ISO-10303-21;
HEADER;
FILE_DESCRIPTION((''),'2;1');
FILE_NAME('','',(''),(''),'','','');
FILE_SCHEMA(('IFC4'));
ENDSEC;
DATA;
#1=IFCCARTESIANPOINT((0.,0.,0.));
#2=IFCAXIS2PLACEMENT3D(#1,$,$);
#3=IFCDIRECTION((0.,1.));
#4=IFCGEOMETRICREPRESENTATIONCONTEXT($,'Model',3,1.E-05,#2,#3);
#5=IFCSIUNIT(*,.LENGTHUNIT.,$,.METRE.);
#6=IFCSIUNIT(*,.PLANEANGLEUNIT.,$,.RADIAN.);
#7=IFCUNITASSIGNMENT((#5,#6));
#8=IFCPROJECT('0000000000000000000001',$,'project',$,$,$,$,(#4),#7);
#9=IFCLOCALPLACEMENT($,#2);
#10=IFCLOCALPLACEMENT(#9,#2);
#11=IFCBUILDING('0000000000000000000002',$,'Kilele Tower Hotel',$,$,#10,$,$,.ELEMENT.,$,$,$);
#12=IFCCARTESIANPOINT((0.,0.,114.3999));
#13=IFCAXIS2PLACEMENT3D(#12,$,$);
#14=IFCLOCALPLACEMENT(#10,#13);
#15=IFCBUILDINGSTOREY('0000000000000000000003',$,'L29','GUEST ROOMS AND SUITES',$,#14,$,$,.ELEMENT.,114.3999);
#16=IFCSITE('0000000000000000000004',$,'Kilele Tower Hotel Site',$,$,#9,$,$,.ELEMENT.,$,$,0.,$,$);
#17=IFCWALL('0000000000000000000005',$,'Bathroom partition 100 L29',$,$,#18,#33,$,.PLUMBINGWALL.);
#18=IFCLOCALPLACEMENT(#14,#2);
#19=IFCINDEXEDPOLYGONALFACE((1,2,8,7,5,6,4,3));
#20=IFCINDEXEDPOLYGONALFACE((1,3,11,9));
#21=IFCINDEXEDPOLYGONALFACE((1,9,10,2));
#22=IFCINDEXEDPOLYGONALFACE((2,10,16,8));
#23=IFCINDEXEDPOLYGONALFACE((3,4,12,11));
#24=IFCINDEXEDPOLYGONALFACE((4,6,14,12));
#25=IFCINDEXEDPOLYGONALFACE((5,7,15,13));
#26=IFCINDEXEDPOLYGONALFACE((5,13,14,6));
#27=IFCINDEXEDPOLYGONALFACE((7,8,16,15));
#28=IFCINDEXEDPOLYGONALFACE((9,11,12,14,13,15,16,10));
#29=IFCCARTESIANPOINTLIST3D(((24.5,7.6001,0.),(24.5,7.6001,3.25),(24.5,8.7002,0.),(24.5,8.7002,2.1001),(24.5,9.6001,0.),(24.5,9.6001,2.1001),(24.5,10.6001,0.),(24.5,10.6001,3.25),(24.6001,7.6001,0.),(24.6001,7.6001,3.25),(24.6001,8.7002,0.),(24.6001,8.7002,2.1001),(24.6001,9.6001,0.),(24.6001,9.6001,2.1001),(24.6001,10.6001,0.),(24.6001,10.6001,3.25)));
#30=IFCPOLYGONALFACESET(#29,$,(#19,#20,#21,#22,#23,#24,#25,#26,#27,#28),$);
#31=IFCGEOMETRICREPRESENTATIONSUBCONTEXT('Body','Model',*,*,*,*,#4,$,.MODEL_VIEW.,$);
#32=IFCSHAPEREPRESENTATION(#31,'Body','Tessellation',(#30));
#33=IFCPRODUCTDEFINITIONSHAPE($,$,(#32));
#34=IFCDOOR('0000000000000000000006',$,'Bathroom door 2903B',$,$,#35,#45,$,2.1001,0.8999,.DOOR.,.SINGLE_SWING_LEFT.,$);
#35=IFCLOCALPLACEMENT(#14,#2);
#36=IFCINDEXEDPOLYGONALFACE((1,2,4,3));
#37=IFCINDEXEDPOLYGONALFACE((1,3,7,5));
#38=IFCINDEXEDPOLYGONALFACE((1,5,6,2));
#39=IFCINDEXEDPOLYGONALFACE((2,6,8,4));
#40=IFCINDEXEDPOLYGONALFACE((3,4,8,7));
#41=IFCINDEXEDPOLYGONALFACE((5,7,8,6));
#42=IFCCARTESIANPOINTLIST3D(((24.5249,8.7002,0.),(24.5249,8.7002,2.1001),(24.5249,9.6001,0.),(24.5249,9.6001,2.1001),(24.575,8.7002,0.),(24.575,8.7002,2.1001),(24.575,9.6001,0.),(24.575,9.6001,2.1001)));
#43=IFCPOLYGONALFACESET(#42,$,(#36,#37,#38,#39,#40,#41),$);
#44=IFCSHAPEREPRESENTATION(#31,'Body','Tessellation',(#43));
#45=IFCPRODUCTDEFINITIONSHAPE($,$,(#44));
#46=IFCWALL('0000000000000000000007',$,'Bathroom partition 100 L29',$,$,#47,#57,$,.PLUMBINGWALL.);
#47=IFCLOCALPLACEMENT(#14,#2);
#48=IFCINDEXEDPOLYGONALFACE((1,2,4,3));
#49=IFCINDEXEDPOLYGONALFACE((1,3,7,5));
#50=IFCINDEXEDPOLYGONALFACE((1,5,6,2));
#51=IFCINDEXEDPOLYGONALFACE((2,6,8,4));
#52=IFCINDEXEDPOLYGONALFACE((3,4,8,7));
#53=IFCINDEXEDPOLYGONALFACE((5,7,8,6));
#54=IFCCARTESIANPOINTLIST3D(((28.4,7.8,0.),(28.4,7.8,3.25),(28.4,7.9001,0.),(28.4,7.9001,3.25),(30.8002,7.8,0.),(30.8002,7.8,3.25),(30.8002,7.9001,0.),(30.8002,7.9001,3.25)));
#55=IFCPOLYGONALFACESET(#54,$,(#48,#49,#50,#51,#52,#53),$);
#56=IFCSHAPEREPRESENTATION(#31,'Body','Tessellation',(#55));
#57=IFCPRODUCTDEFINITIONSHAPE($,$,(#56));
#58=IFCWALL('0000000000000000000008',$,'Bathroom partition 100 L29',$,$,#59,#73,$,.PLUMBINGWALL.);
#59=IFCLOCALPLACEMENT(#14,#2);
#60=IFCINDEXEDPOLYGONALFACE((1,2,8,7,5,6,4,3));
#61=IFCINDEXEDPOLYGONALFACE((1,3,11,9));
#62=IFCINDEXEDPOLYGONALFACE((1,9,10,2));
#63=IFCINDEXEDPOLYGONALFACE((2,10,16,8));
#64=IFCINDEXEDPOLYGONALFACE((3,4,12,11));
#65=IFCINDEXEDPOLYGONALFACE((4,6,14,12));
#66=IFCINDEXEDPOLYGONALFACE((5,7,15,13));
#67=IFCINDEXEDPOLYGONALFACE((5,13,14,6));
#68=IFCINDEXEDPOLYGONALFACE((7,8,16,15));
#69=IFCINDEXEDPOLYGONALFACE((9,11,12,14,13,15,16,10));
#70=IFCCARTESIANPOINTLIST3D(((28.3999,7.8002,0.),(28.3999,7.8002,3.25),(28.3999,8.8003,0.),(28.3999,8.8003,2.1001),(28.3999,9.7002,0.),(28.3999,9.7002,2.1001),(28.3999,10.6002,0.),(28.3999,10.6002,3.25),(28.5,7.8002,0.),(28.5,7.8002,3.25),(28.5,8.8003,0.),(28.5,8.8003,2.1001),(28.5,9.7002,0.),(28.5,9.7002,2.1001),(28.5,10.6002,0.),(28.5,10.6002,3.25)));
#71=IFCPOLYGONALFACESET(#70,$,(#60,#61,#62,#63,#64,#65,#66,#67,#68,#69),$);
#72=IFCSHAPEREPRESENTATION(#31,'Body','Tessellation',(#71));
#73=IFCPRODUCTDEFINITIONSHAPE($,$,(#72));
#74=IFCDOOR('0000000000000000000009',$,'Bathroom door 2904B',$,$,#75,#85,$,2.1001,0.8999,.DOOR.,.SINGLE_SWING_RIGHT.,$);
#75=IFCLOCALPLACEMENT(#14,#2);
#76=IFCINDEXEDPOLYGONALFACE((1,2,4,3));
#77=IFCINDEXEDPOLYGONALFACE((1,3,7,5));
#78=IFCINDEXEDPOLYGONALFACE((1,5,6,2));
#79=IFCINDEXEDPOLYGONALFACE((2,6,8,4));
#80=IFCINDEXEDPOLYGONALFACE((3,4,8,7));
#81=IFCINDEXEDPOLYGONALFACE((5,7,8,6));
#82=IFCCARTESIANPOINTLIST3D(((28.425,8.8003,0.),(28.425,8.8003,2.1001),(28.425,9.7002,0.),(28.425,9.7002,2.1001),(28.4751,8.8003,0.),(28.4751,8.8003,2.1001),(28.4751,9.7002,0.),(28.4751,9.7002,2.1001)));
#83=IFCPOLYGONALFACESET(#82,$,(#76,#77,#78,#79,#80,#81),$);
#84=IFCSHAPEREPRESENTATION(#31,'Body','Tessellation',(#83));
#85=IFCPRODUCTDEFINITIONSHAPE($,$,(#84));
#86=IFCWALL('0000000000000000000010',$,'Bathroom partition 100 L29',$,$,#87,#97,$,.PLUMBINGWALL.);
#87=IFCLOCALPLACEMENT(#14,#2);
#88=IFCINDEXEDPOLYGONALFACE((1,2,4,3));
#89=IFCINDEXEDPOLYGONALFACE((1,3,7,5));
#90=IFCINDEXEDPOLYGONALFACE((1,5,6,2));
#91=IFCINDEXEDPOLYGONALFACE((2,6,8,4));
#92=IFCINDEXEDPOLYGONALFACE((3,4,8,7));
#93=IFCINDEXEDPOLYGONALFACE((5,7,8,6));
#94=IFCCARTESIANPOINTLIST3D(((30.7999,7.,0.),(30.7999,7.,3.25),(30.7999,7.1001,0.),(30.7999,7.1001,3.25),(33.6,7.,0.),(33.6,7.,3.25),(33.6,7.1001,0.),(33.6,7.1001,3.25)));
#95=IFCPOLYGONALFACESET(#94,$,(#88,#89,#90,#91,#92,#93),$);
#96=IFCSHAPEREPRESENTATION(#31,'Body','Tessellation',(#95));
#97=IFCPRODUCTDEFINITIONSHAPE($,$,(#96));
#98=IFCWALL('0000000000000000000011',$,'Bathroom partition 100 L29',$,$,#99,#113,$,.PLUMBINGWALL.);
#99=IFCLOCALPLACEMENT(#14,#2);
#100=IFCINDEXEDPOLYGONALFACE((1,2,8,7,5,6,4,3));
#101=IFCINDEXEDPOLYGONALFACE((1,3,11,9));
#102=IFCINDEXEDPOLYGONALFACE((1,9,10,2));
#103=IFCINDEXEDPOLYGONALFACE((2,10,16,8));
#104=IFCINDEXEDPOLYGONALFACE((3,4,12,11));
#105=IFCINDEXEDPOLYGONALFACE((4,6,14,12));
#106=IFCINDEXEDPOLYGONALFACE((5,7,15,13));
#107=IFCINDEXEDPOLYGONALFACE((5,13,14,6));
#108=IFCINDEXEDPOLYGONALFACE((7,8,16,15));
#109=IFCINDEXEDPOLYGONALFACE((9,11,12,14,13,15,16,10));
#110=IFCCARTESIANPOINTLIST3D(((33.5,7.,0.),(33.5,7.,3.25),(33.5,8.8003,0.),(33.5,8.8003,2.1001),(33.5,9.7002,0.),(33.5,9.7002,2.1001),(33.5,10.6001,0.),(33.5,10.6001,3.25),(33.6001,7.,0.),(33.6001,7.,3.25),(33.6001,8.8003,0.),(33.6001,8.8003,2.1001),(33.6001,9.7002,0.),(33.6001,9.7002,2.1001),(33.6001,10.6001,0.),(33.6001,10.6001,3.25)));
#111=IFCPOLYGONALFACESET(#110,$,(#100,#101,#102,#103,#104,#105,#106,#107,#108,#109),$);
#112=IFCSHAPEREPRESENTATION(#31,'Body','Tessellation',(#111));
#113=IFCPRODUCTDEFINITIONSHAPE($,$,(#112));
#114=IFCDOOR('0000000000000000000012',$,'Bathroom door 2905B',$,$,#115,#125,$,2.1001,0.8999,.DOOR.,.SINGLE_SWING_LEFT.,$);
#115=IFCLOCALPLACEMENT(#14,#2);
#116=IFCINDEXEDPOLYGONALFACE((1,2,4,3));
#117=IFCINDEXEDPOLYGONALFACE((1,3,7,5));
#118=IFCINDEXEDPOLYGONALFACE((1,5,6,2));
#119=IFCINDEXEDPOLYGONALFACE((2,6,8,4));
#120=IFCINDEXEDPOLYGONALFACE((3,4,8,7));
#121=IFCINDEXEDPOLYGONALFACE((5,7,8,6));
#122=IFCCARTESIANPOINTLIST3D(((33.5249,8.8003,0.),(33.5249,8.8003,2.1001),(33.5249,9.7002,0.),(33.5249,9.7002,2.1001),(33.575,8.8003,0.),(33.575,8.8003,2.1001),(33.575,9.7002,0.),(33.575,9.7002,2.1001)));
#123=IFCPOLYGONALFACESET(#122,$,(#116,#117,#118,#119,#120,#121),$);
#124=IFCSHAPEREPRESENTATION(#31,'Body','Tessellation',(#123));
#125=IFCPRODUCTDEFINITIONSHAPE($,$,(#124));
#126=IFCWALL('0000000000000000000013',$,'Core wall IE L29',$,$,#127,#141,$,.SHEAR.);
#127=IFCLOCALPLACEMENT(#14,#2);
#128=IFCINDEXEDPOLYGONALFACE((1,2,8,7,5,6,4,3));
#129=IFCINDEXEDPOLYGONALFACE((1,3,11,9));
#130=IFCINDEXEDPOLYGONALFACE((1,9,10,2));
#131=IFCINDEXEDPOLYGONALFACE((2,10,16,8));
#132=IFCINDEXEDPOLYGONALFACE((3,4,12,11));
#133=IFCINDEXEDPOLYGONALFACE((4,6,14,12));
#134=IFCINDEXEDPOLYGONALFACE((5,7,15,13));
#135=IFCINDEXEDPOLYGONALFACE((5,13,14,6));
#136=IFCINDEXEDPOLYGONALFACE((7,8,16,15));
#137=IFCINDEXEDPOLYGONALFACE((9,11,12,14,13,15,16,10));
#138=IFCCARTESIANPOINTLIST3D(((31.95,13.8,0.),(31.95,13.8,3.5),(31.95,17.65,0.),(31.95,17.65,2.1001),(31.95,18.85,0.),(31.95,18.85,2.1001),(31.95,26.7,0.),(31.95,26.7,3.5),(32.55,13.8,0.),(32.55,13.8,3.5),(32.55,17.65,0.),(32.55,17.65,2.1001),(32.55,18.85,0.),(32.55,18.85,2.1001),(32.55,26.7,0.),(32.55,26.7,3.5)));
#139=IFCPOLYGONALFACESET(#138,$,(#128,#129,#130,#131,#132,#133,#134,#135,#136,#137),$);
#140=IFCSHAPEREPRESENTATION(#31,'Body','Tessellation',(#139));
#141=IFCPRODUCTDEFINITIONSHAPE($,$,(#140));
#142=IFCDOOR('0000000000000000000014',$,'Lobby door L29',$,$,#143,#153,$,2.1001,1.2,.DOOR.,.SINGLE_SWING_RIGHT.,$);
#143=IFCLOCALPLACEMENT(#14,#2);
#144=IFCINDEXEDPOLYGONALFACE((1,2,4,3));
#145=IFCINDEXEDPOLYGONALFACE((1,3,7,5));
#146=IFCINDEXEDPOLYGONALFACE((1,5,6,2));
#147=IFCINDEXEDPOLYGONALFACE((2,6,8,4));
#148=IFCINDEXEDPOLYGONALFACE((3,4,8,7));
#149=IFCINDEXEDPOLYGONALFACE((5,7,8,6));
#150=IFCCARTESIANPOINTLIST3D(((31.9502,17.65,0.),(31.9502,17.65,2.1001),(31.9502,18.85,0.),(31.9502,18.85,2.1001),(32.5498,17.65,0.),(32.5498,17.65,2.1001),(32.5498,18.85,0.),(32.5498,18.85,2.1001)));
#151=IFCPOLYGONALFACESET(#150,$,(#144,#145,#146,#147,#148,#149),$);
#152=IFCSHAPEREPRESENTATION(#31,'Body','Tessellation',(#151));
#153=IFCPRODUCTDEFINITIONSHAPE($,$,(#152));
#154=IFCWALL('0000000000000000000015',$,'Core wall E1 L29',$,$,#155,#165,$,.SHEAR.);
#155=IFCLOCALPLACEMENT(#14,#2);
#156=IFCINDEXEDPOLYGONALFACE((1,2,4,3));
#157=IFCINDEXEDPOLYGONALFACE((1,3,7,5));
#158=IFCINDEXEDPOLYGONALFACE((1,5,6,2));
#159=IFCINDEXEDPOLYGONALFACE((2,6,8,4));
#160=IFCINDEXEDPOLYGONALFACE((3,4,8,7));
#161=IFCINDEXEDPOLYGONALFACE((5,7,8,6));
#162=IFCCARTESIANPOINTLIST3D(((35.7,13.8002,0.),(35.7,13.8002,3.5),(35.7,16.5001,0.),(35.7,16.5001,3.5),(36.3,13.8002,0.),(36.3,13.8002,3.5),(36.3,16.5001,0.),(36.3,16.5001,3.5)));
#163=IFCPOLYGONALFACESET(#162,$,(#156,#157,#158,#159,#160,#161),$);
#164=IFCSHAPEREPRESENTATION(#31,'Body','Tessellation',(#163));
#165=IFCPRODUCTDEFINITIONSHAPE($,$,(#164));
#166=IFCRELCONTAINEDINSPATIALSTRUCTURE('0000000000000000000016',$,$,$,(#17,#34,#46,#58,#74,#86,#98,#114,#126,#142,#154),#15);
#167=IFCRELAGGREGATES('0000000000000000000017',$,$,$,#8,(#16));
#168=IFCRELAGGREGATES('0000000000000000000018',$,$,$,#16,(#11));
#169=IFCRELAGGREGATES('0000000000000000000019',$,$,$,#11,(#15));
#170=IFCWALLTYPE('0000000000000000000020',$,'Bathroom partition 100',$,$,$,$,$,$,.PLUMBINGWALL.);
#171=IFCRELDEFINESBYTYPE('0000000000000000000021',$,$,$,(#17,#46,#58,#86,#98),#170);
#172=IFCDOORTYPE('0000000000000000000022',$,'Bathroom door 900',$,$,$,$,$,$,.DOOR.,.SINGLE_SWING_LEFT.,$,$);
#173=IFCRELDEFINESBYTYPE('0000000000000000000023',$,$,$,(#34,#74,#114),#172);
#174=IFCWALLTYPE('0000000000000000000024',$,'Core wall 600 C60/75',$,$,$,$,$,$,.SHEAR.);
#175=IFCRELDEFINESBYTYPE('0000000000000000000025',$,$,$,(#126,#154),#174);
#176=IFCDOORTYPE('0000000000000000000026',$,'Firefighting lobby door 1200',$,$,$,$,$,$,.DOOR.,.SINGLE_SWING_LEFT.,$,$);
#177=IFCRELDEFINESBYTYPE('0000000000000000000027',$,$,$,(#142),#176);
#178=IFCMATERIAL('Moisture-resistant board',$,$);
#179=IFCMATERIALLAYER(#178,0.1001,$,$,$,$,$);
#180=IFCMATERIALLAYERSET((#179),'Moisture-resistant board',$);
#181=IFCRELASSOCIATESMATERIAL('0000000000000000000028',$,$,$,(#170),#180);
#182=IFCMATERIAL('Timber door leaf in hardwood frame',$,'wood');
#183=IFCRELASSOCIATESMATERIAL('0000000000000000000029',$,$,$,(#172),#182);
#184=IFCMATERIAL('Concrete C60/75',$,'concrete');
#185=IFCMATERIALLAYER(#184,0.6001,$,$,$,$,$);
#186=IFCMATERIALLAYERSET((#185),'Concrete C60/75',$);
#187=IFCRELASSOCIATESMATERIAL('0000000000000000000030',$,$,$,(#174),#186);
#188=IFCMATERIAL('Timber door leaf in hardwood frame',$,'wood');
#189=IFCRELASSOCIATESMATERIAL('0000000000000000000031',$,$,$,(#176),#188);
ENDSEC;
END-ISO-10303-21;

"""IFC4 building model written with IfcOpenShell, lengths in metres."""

from ifc_helpers import new_model, si_unit, direction, frame, frame_2d, origin, place, context, subcontext, project, spatial, rectangle, extrude, material, layer, layer_set, type_object, element, fill, save


model = new_model("IFC4")

# Units and contexts
model_context = context("Model", 3, precision=1e-05, world=origin(), true_north=direction((0.0, 1.0)))
body_context = subcontext(model_context, "Body", "Model", "MODEL_VIEW")
ifc_project = project(units=[si_unit("LENGTHUNIT", "METRE"), si_unit("PLANEANGLEUNIT", "RADIAN")], contexts=[model_context])

# Site, building, storey
site_placement = place(None, origin())
site = spatial("IfcSite", under=ifc_project, at=site_placement, Name="Kilele Tower Hotel Site", CompositionType="ELEMENT", RefElevation=0.0)
building_placement = place(site_placement, origin())
building = spatial("IfcBuilding", under=site, at=building_placement, Name="Kilele Tower Hotel", CompositionType="ELEMENT")
storey_placement = place(building_placement, frame((0.0, 0.0, 114.3999)))
storey = spatial("IfcBuildingStorey", under=building, at=storey_placement, Name="L29", Description="GUEST ROOMS AND SUITES", CompositionType="ELEMENT", Elevation=114.3999)

# Wall, opening, door
ifc_material_1 = material(Name="Moisture-resistant board")
ifc_layer_1 = layer(ifc_material_1, 0.1001)
ifc_layer_set_1 = layer_set([ifc_layer_1], Name="Moisture-resistant board")
wall_type_1 = type_object("IfcWallType", Name="Bathroom partition 100", PredefinedType="PLUMBINGWALL", material=ifc_layer_set_1)
wall_1_placement = place(storey_placement, frame((24.55, 10.6001, 0.0), z_axis=(0.0, 0.0, 1.0), x_axis=(0.0, -1.0, 0.0)))
wall_1 = element("IfcWall", 1, at=wall_1_placement, inside=storey, type_object=wall_type_1, Name="Bathroom partition 100 L29", PredefinedType="PLUMBINGWALL", context=body_context, shape_type="SweptSolid", body=[
    extrude(rectangle(XDim=3.0, YDim=0.1001, at=frame_2d((1.5, 0.0))), origin(), (0.0, 0.0, 1.0), 3.25),
])
opening_1_placement = place(wall_1_placement, frame((1.0, 0.0, 0.0)))
opening_1 = element("IfcOpeningElement", 2, at=opening_1_placement, cuts=wall_1, PredefinedType="OPENING", context=body_context, shape_type="SweptSolid", body=[
    extrude(rectangle(XDim=0.8999, YDim=2.1001, at=frame_2d((0.45, 1.05))), frame((0.0, 0.0601, 0.0), z_axis=(0.0, -1.0, 0.0), x_axis=(1.0, 0.0, 0.0)), (0.0, 0.0, 1.0), 0.1201),
])
ifc_material_2 = material(Name="Timber door leaf in hardwood frame", Category="wood")
door_type_1 = type_object("IfcDoorType", Name="Bathroom door 900", OperationType="SINGLE_SWING_LEFT", PredefinedType="DOOR", material=ifc_material_2)
door_1_placement = place(opening_1_placement, origin())
door_1 = element("IfcDoor", 3, at=door_1_placement, inside=storey, type_object=door_type_1, Name="Bathroom door 2903B", OperationType="SINGLE_SWING_LEFT", OverallHeight=2.1001, OverallWidth=0.8999, PredefinedType="DOOR", context=body_context, shape_type="SweptSolid", body=[
    extrude(rectangle(XDim=0.8999, YDim=2.1001, at=frame_2d((0.45, 1.05))), frame((0.0, 0.0249, 0.0), z_axis=(0.0, -1.0, 0.0), x_axis=(1.0, 0.0, 0.0)), (0.0, 0.0, 1.0), 0.05),
])
fill(opening_1, door_1)

# Wall
wall_2_placement = place(storey_placement, frame((28.3999, 7.8501, 0.0), z_axis=(0.0, 0.0, 1.0), x_axis=(1.0, 0.0, 0.0)))
element("IfcWall", 4, at=wall_2_placement, inside=storey, type_object=wall_type_1, Name="Bathroom partition 100 L29", PredefinedType="PLUMBINGWALL", context=body_context, shape_type="SweptSolid", body=[
    extrude(rectangle(XDim=2.4001, YDim=0.1001, at=frame_2d((1.2002, 0.0))), origin(), (0.0, 0.0, 1.0), 3.25),
])

# Wall, opening, door
wall_3_placement = place(storey_placement, frame((28.45, 10.6001, 0.0), z_axis=(0.0, 0.0, 1.0), x_axis=(0.0, -1.0, 0.0)))
wall_3 = element("IfcWall", 5, at=wall_3_placement, inside=storey, type_object=wall_type_1, Name="Bathroom partition 100 L29", PredefinedType="PLUMBINGWALL", context=body_context, shape_type="SweptSolid", body=[
    extrude(rectangle(XDim=2.8, YDim=0.1001, at=frame_2d((1.3999, 0.0))), origin(), (0.0, 0.0, 1.0), 3.25),
])
opening_2_placement = place(wall_3_placement, frame((1.7998, 0.0, 0.0), z_axis=(0.0, 0.0, 1.0), x_axis=(-1.0, 0.0, 0.0)))
opening_2 = element("IfcOpeningElement", 6, at=opening_2_placement, cuts=wall_3, PredefinedType="OPENING", context=body_context, shape_type="SweptSolid", body=[
    extrude(rectangle(XDim=0.8999, YDim=2.1001, at=frame_2d((0.45, 1.05))), frame((0.0, 0.0601, 0.0), z_axis=(0.0, -1.0, 0.0), x_axis=(1.0, 0.0, 0.0)), (0.0, 0.0, 1.0), 0.1201),
])
door_2_placement = place(opening_2_placement, origin())
door_2 = element("IfcDoor", 7, at=door_2_placement, inside=storey, type_object=door_type_1, Name="Bathroom door 2904B", OperationType="SINGLE_SWING_RIGHT", OverallHeight=2.1001, OverallWidth=0.8999, PredefinedType="DOOR", context=body_context, shape_type="SweptSolid", body=[
    extrude(rectangle(XDim=0.8999, YDim=2.1001, at=frame_2d((0.45, 1.05))), frame((0.0, 0.0249, 0.0), z_axis=(0.0, -1.0, 0.0), x_axis=(1.0, 0.0, 0.0)), (0.0, 0.0, 1.0), 0.05),
])
fill(opening_2, door_2)

# Wall
wall_4_placement = place(storey_placement, frame((30.8, 7.05, 0.0), z_axis=(0.0, 0.0, 1.0), x_axis=(1.0, 0.0, 0.0)))
element("IfcWall", 8, at=wall_4_placement, inside=storey, type_object=wall_type_1, Name="Bathroom partition 100 L29", PredefinedType="PLUMBINGWALL", context=body_context, shape_type="SweptSolid", body=[
    extrude(rectangle(XDim=2.8, YDim=0.1001, at=frame_2d((1.3999, 0.0))), origin(), (0.0, 0.0, 1.0), 3.25),
])

# Walls, openings, doors
wall_5_placement = place(storey_placement, frame((33.55, 10.6001, 0.0), z_axis=(0.0, 0.0, 1.0), x_axis=(0.0, -1.0, 0.0)))
wall_5 = element("IfcWall", 9, at=wall_5_placement, inside=storey, type_object=wall_type_1, Name="Bathroom partition 100 L29", PredefinedType="PLUMBINGWALL", context=body_context, shape_type="SweptSolid", body=[
    extrude(rectangle(XDim=3.6001, YDim=0.1001, at=frame_2d((1.8, 0.0))), origin(), (0.0, 0.0, 1.0), 3.25),
])
opening_3_placement = place(wall_5_placement, frame((0.8999, 0.0, 0.0)))
opening_3 = element("IfcOpeningElement", 10, at=opening_3_placement, cuts=wall_5, PredefinedType="OPENING", context=body_context, shape_type="SweptSolid", body=[
    extrude(rectangle(XDim=0.8999, YDim=2.1001, at=frame_2d((0.45, 1.05))), frame((0.0, 0.0601, 0.0), z_axis=(0.0, -1.0, 0.0), x_axis=(1.0, 0.0, 0.0)), (0.0, 0.0, 1.0), 0.1201),
])
door_3_placement = place(opening_3_placement, origin())
door_3 = element("IfcDoor", 11, at=door_3_placement, inside=storey, type_object=door_type_1, Name="Bathroom door 2905B", OperationType="SINGLE_SWING_LEFT", OverallHeight=2.1001, OverallWidth=0.8999, PredefinedType="DOOR", context=body_context, shape_type="SweptSolid", body=[
    extrude(rectangle(XDim=0.8999, YDim=2.1001, at=frame_2d((0.45, 1.05))), frame((0.0, 0.0249, 0.0), z_axis=(0.0, -1.0, 0.0), x_axis=(1.0, 0.0, 0.0)), (0.0, 0.0, 1.0), 0.05),
])
fill(opening_3, door_3)
ifc_material_3 = material(Name="Concrete C60/75", Category="concrete")
ifc_layer_2 = layer(ifc_material_3, 0.6001)
ifc_layer_set_2 = layer_set([ifc_layer_2], Name="Concrete C60/75")
wall_type_2 = type_object("IfcWallType", Name="Core wall 600 C60/75", PredefinedType="SHEAR", material=ifc_layer_set_2)
wall_6_placement = place(storey_placement, frame((32.25, 13.8, 0.0), z_axis=(0.0, 0.0, 1.0), x_axis=(0.0, 1.0, 0.0)))
wall_6 = element("IfcWall", 12, at=wall_6_placement, inside=storey, type_object=wall_type_2, Name="Core wall IE L29", PredefinedType="SHEAR", context=body_context, shape_type="SweptSolid", body=[
    extrude(rectangle(XDim=12.8999, YDim=0.6001, at=frame_2d((6.45, 0.0))), origin(), (0.0, 0.0, 1.0), 3.5),
])
opening_4_placement = place(wall_6_placement, frame((5.05, 0.0, 0.0), z_axis=(0.0, 0.0, 1.0), x_axis=(-1.0, 0.0, 0.0)))
opening_4 = element("IfcOpeningElement", 13, at=opening_4_placement, cuts=wall_6, PredefinedType="OPENING", context=body_context, shape_type="SweptSolid", body=[
    extrude(rectangle(XDim=1.2, YDim=2.1001, at=frame_2d((0.6001, 1.05))), frame((0.0, 0.3101, 0.0), z_axis=(0.0, -1.0, 0.0), x_axis=(1.0, 0.0, 0.0)), (0.0, 0.0, 1.0), 0.6201),
])
ifc_material_4 = material(Name="Timber door leaf in hardwood frame", Category="wood")
door_type_2 = type_object("IfcDoorType", Name="Firefighting lobby door 1200", OperationType="SINGLE_SWING_LEFT", PredefinedType="DOOR", material=ifc_material_4)
door_4_placement = place(opening_4_placement, origin())
door_4 = element("IfcDoor", 14, at=door_4_placement, inside=storey, type_object=door_type_2, Name="Lobby door L29", OperationType="SINGLE_SWING_RIGHT", OverallHeight=2.1001, OverallWidth=1.2, PredefinedType="DOOR", context=body_context, shape_type="SweptSolid", body=[
    extrude(rectangle(XDim=1.2, YDim=2.1001, at=frame_2d((0.6001, 1.05))), frame((0.0, 0.2998, 0.0), z_axis=(0.0, -1.0, 0.0), x_axis=(1.0, 0.0, 0.0)), (0.0, 0.0, 1.0), 0.5996),
])
fill(opening_4, door_4)

# Wall
wall_7_placement = place(storey_placement, frame((36.0, 13.8, 0.0), z_axis=(0.0, 0.0, 1.0), x_axis=(0.0, 1.0, 0.0)))
element("IfcWall", 15, at=wall_7_placement, inside=storey, type_object=wall_type_2, Name="Core wall E1 L29", PredefinedType="SHEAR", context=body_context, shape_type="SweptSolid", body=[
    extrude(rectangle(XDim=2.7, YDim=0.6001, at=frame_2d((1.3501, 0.0))), origin(), (0.0, 0.0, 1.0), 3.5),
])

save(model, "model.ifc")
